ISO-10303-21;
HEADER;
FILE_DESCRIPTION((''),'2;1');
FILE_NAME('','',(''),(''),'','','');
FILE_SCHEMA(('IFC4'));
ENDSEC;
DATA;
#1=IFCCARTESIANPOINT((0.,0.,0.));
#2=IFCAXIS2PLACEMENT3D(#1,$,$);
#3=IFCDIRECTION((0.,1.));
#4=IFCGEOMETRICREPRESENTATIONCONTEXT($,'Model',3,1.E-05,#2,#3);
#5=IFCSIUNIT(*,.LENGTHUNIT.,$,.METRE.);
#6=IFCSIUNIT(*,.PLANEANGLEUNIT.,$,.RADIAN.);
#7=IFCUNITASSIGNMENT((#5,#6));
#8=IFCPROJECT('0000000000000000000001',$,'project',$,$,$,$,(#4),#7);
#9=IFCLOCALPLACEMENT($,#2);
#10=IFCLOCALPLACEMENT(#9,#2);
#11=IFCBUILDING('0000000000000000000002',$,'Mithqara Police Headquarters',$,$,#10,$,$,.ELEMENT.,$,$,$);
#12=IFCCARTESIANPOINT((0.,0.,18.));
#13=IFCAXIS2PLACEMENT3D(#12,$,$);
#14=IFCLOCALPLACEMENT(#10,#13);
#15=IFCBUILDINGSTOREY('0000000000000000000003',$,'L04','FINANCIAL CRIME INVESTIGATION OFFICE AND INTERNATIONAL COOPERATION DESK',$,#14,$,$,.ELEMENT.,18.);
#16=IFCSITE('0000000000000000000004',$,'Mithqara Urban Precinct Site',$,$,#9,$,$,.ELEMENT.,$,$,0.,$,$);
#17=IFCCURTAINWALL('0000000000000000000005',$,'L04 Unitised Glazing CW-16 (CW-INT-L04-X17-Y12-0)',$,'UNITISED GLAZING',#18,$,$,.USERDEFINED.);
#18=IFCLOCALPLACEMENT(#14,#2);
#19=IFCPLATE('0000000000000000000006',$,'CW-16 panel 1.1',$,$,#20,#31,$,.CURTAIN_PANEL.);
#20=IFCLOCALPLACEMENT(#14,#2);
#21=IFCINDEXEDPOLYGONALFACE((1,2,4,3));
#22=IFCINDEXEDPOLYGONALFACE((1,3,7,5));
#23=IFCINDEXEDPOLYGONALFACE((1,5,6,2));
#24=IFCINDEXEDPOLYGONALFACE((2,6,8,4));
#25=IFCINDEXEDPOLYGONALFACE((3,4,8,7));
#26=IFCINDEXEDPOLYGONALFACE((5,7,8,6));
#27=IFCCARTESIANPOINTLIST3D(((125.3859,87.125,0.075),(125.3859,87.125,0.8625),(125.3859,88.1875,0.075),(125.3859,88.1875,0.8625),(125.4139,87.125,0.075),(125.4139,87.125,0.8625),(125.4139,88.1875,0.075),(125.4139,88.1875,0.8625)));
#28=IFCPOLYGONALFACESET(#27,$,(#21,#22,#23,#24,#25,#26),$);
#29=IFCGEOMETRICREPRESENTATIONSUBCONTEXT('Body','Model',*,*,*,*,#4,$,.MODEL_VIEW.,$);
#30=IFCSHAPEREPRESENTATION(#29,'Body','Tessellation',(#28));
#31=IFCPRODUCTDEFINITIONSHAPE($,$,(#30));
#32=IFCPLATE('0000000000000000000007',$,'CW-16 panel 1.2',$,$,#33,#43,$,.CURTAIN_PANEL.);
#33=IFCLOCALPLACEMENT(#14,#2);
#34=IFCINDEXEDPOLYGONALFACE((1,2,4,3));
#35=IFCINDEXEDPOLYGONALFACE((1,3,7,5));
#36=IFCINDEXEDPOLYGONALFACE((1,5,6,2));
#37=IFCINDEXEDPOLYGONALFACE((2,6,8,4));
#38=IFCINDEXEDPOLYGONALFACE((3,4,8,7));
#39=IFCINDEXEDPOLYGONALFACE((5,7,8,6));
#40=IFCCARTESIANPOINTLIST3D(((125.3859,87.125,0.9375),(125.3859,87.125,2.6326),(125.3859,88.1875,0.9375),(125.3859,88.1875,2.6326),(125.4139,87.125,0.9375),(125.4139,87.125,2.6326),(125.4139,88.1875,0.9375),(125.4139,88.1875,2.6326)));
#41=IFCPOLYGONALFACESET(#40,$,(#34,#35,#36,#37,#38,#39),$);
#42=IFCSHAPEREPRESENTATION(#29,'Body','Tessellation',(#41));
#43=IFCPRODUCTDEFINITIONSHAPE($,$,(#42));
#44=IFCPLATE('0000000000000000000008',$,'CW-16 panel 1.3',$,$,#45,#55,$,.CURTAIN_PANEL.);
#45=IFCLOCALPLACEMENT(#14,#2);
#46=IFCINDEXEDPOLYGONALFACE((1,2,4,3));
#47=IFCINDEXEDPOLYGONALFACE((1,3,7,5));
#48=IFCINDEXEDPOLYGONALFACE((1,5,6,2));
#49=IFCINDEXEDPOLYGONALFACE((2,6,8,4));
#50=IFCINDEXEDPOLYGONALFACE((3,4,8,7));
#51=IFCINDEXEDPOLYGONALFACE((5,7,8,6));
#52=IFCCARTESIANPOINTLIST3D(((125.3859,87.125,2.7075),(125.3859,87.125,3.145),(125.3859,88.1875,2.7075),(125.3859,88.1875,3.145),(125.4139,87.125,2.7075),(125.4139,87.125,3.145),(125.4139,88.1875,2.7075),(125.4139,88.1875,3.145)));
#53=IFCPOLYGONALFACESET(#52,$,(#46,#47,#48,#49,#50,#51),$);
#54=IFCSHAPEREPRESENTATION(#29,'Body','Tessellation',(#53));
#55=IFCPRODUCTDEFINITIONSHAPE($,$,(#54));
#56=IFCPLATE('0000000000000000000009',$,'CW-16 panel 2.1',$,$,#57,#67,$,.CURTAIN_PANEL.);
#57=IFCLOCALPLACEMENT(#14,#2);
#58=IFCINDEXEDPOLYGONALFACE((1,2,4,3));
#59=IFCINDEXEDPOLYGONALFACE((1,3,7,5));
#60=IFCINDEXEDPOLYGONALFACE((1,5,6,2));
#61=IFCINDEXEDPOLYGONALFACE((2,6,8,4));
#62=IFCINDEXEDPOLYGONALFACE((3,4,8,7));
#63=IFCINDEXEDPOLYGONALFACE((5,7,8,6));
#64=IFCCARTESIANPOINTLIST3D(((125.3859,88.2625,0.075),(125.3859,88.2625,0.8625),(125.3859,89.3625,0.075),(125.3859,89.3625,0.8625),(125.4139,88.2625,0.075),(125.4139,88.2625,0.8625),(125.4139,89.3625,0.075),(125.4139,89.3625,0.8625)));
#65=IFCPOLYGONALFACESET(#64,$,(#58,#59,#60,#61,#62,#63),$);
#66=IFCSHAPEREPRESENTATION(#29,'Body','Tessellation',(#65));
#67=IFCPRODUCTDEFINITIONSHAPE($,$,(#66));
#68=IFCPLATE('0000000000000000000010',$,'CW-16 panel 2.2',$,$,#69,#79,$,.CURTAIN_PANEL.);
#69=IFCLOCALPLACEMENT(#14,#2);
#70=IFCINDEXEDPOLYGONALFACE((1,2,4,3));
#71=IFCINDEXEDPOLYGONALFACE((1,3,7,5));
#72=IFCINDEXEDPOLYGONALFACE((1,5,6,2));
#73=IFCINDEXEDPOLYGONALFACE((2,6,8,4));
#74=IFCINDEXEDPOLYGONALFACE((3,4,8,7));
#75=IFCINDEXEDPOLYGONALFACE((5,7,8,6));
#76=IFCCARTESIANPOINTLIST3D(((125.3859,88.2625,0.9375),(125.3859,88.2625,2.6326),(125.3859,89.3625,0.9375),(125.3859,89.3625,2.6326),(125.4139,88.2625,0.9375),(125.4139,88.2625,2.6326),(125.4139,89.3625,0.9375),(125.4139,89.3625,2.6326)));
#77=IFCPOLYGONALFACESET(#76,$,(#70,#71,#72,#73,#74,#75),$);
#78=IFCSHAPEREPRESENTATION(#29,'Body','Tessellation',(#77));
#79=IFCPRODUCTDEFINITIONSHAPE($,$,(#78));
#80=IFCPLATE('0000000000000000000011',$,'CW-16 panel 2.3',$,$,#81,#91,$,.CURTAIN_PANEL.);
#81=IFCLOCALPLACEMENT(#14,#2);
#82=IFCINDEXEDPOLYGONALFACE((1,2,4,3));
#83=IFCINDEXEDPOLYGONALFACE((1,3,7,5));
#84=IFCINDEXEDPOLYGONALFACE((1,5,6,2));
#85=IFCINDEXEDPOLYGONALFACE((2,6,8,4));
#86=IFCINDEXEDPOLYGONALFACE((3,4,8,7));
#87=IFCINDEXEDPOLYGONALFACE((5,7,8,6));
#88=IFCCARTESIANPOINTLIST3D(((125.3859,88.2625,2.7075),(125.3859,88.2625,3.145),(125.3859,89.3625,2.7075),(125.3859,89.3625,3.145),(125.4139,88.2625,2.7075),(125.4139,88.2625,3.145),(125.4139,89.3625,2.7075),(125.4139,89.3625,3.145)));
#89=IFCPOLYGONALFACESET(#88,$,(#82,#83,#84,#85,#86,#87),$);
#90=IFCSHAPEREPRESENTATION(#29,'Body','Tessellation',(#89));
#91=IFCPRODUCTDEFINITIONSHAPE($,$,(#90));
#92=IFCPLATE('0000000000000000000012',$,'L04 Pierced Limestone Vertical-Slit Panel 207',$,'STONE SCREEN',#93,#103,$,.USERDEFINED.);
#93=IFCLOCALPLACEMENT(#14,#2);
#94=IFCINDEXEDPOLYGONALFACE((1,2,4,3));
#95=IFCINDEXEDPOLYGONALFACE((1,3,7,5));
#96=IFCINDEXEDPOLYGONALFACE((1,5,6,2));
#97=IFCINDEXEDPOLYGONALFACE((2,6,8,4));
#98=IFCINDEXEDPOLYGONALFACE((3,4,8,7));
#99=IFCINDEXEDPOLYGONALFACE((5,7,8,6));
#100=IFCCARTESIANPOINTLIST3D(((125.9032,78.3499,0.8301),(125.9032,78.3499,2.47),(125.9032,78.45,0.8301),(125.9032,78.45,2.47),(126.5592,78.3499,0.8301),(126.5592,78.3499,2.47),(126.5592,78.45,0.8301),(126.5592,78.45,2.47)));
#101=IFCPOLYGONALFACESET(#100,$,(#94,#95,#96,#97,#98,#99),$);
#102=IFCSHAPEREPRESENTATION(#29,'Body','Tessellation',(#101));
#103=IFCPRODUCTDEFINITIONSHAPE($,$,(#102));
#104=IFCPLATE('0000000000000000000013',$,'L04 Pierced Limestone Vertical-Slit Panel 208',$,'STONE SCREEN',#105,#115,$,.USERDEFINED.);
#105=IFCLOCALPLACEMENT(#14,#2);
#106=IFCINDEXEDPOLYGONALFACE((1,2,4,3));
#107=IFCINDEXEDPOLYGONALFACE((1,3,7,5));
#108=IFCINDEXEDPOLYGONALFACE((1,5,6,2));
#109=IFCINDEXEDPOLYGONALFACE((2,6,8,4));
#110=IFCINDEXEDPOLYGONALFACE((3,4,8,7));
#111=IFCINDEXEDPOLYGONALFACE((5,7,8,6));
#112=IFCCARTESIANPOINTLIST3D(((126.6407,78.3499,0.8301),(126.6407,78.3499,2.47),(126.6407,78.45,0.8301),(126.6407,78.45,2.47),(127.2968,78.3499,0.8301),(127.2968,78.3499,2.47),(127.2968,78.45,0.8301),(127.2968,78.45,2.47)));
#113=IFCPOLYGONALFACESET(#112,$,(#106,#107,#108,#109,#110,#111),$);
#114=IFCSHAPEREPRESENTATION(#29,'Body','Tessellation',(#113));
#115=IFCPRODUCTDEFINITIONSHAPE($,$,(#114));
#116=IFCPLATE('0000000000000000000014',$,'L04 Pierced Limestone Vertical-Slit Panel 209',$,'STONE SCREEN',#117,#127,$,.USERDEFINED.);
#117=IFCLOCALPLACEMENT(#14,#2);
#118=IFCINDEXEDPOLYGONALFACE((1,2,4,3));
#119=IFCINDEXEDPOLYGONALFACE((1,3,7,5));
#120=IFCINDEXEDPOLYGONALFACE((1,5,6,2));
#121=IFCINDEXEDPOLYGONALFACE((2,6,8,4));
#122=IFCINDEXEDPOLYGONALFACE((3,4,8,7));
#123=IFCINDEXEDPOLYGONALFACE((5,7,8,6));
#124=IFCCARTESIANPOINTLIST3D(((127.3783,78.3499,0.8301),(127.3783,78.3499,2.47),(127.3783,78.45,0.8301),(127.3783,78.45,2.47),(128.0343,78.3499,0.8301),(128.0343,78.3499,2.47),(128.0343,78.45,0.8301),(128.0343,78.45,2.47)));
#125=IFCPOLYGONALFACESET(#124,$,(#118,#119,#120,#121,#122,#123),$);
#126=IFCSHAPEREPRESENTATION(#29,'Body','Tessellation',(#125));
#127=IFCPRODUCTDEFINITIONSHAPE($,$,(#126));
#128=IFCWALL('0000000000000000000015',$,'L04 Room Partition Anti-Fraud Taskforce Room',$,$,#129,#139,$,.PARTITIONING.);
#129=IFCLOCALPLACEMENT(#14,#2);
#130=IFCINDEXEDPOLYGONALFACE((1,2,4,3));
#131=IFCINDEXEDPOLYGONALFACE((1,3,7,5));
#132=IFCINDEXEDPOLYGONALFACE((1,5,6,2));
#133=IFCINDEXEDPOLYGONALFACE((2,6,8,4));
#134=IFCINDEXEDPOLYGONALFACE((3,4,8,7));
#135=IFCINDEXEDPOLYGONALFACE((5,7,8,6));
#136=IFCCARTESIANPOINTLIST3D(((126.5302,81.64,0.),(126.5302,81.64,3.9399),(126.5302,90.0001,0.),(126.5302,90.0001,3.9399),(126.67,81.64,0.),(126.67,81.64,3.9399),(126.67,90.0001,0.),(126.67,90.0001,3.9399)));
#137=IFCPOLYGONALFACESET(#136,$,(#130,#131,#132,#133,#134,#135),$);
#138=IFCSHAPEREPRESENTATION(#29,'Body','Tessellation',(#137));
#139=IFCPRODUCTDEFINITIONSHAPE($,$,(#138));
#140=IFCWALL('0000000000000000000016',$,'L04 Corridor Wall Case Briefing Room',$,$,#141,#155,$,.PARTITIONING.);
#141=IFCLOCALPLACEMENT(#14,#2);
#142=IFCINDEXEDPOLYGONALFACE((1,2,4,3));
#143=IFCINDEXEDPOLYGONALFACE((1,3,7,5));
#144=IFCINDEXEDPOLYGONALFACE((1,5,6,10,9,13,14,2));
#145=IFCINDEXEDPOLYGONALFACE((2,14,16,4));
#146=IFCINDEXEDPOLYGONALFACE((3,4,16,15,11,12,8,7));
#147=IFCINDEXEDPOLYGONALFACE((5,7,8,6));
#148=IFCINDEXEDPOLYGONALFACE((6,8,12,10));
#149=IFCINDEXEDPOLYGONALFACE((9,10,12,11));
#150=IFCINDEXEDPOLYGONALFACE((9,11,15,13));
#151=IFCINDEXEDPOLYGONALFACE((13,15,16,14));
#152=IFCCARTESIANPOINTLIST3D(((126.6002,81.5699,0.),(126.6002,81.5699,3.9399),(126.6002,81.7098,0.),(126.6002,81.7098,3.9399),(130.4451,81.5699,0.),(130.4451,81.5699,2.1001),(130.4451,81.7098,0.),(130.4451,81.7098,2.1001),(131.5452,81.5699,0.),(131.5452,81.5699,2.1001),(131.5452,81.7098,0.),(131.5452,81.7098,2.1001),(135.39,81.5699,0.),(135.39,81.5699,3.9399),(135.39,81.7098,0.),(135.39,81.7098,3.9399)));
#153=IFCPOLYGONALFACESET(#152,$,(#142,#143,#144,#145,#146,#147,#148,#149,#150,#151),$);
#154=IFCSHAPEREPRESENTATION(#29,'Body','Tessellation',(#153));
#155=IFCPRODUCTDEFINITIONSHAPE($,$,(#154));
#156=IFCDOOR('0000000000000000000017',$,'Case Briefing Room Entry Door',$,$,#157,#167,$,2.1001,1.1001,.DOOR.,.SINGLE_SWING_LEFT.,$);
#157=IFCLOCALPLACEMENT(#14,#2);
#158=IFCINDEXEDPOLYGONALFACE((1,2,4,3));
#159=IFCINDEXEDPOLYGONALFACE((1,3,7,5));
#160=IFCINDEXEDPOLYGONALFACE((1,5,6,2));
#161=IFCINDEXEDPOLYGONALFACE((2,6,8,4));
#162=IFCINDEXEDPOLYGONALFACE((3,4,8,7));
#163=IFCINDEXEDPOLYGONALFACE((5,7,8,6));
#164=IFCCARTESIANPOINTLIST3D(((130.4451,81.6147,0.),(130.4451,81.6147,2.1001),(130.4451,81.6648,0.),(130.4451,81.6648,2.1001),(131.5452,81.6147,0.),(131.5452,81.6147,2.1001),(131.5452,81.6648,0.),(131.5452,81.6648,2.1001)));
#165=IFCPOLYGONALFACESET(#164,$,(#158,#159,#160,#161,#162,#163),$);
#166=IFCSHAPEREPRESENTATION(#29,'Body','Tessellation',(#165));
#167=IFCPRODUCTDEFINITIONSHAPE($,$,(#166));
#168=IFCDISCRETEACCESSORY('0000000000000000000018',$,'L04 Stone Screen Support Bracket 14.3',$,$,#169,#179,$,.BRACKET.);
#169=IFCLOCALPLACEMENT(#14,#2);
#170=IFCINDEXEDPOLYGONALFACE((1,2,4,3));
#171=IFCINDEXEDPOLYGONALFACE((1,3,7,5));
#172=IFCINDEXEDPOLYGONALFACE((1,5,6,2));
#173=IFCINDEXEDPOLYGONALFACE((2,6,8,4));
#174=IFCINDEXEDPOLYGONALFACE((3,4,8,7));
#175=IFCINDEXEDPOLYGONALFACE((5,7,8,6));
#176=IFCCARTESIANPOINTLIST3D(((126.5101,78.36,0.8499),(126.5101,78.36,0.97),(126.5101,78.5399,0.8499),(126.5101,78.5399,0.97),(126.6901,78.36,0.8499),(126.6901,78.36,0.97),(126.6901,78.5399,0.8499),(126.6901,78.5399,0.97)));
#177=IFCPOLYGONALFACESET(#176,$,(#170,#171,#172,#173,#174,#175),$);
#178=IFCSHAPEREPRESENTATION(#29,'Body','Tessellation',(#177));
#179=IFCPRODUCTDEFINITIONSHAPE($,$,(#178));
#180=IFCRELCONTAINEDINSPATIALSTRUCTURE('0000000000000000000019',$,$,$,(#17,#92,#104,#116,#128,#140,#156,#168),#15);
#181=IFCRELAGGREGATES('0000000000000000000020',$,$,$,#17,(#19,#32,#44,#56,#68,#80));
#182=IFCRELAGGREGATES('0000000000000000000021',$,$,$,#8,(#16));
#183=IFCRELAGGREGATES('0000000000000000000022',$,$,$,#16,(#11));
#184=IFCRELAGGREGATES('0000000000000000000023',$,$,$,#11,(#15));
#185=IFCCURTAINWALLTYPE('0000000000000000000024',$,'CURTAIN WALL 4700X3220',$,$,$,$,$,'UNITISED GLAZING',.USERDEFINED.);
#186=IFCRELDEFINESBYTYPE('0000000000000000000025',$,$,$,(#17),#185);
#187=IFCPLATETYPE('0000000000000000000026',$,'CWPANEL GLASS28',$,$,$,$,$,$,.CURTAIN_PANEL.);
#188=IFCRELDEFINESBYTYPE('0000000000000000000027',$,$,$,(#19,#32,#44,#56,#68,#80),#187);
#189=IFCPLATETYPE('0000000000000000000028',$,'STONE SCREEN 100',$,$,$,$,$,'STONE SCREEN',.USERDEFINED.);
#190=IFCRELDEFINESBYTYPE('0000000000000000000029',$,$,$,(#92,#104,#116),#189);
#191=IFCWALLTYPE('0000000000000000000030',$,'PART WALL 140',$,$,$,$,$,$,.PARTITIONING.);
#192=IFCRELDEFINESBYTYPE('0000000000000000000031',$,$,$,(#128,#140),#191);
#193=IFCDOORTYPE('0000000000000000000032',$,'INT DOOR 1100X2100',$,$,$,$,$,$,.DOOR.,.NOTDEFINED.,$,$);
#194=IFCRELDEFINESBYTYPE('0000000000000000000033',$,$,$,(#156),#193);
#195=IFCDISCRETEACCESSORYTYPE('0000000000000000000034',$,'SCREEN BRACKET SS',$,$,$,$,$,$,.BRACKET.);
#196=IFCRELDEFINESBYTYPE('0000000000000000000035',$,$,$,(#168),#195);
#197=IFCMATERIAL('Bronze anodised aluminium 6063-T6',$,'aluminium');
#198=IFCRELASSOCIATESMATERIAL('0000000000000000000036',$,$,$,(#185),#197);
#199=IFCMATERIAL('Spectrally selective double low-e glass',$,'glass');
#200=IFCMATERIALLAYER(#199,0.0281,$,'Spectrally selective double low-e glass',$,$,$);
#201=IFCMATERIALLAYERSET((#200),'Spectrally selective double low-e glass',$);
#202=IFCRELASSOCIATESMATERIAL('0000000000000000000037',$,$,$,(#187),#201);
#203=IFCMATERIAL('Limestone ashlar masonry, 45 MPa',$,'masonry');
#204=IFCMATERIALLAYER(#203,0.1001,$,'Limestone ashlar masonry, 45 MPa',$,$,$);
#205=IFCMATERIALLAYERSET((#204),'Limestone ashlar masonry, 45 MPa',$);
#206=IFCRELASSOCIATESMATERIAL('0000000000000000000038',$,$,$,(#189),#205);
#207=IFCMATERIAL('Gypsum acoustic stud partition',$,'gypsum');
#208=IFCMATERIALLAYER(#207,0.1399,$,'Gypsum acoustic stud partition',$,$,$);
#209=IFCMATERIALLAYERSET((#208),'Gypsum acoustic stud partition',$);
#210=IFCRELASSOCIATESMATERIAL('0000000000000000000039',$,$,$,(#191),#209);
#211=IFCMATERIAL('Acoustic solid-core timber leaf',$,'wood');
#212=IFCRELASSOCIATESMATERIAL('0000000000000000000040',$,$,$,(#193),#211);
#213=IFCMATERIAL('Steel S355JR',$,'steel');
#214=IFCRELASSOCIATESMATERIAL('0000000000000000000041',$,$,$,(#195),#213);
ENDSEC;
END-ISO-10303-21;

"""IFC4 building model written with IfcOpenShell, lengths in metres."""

from ifc_helpers import new_model, si_unit, direction, frame, frame_2d, origin, origin_2d, place, context, subcontext, project, spatial, rectangle, extrude, material, layer, layer_set, type_object, element, fill, aggregate, save


model = new_model("IFC4")

# Units and contexts
model_context = context("Model", 3, precision=1e-05, world=origin(), true_north=direction((0.0, 1.0)))
body_context = subcontext(model_context, "Body", "Model", "MODEL_VIEW")
ifc_project = project(units=[si_unit("LENGTHUNIT", "METRE"), si_unit("PLANEANGLEUNIT", "RADIAN")], contexts=[model_context])

# Site, building, storey
site_placement = place(None, origin())
site = spatial("IfcSite", under=ifc_project, at=site_placement, Name="Mithqara Urban Precinct Site", CompositionType="ELEMENT", RefElevation=0.0)
building_placement = place(site_placement, origin())
building = spatial("IfcBuilding", under=site, at=building_placement, Name="Mithqara Police Headquarters", CompositionType="ELEMENT")
storey_placement = place(building_placement, frame((0.0, 0.0, 18.0)))
storey = spatial("IfcBuildingStorey", under=building, at=storey_placement, Name="L04", Description="FINANCIAL CRIME INVESTIGATION OFFICE AND INTERNATIONAL COOPERATION DESK", CompositionType="ELEMENT", Elevation=18.0)

# Curtain wall, plates
ifc_material_1 = material(Name="Bronze anodised aluminium 6063-T6", Category="aluminium")
curtain_wall_type = type_object("IfcCurtainWallType", Name="CURTAIN WALL 4700X3220", ElementType="UNITISED GLAZING", PredefinedType="USERDEFINED", material=ifc_material_1)
curtain_wall_placement = place(storey_placement, origin())
curtain_wall = element("IfcCurtainWall", 1, at=curtain_wall_placement, inside=storey, type_object=curtain_wall_type, Name="L04 Unitised Glazing CW-16 (CW-INT-L04-X17-Y12-0)", ObjectType="UNITISED GLAZING", PredefinedType="USERDEFINED")
ifc_material_2 = material(Name="Spectrally selective double low-e glass", Category="glass")
ifc_layer_1 = layer(ifc_material_2, 0.0281, Name="Spectrally selective double low-e glass")
ifc_layer_set_1 = layer_set([ifc_layer_1], Name="Spectrally selective double low-e glass")
plate_type_1 = type_object("IfcPlateType", Name="CWPANEL GLASS28", PredefinedType="CURTAIN_PANEL", material=ifc_layer_set_1)
plate_1_placement = place(storey_placement, frame((125.3999, 87.6562, 0.075), z_axis=(0.0, 0.0, 1.0), x_axis=(0.0, 1.0, 0.0)))
plate_1 = element("IfcPlate", 2, at=plate_1_placement, type_object=plate_type_1, Name="CW-16 panel 1.1", PredefinedType="CURTAIN_PANEL", context=body_context, shape_type="SweptSolid", body=[
    extrude(rectangle(XDim=1.0625, YDim=0.0281, at=origin_2d()), origin(), (0.0, 0.0, 1.0), 0.7876),
])
plate_2_placement = place(storey_placement, frame((125.3999, 87.6562, 0.9375), z_axis=(0.0, 0.0, 1.0), x_axis=(0.0, 1.0, 0.0)))
plate_2 = element("IfcPlate", 3, at=plate_2_placement, type_object=plate_type_1, Name="CW-16 panel 1.2", PredefinedType="CURTAIN_PANEL", context=body_context, shape_type="SweptSolid", body=[
    extrude(rectangle(XDim=1.0625, YDim=0.0281, at=origin_2d()), origin(), (0.0, 0.0, 1.0), 1.6951),
])
plate_3_placement = place(storey_placement, frame((125.3999, 87.6562, 2.7075), z_axis=(0.0, 0.0, 1.0), x_axis=(0.0, 1.0, 0.0)))
plate_3 = element("IfcPlate", 4, at=plate_3_placement, type_object=plate_type_1, Name="CW-16 panel 1.3", PredefinedType="CURTAIN_PANEL", context=body_context, shape_type="SweptSolid", body=[
    extrude(rectangle(XDim=1.0625, YDim=0.0281, at=origin_2d()), origin(), (0.0, 0.0, 1.0), 0.4375),
])
plate_4_placement = place(storey_placement, frame((125.3999, 88.8125, 0.075), z_axis=(0.0, 0.0, 1.0), x_axis=(0.0, 1.0, 0.0)))
plate_4 = element("IfcPlate", 5, at=plate_4_placement, type_object=plate_type_1, Name="CW-16 panel 2.1", PredefinedType="CURTAIN_PANEL", context=body_context, shape_type="SweptSolid", body=[
    extrude(rectangle(XDim=1.1001, YDim=0.0281, at=origin_2d()), origin(), (0.0, 0.0, 1.0), 0.7876),
])
plate_5_placement = place(storey_placement, frame((125.3999, 88.8125, 0.9375), z_axis=(0.0, 0.0, 1.0), x_axis=(0.0, 1.0, 0.0)))
plate_5 = element("IfcPlate", 6, at=plate_5_placement, type_object=plate_type_1, Name="CW-16 panel 2.2", PredefinedType="CURTAIN_PANEL", context=body_context, shape_type="SweptSolid", body=[
    extrude(rectangle(XDim=1.1001, YDim=0.0281, at=origin_2d()), origin(), (0.0, 0.0, 1.0), 1.6951),
])
plate_6_placement = place(storey_placement, frame((125.3999, 88.8125, 2.7075), z_axis=(0.0, 0.0, 1.0), x_axis=(0.0, 1.0, 0.0)))
plate_6 = element("IfcPlate", 7, at=plate_6_placement, type_object=plate_type_1, Name="CW-16 panel 2.3", PredefinedType="CURTAIN_PANEL", context=body_context, shape_type="SweptSolid", body=[
    extrude(rectangle(XDim=1.1001, YDim=0.0281, at=origin_2d()), origin(), (0.0, 0.0, 1.0), 0.4375),
])
aggregate(curtain_wall, [plate_1, plate_2, plate_3, plate_4, plate_5, plate_6])

# Plates
ifc_material_3 = material(Name="Limestone ashlar masonry, 45 MPa", Category="masonry")
ifc_layer_2 = layer(ifc_material_3, 0.1001, Name="Limestone ashlar masonry, 45 MPa")
ifc_layer_set_2 = layer_set([ifc_layer_2], Name="Limestone ashlar masonry, 45 MPa")
plate_type_2 = type_object("IfcPlateType", Name="STONE SCREEN 100", ElementType="STONE SCREEN", PredefinedType="USERDEFINED", material=ifc_layer_set_2)
for number, where, z_axis, x_axis, name in (
    (8, (126.2312, 78.3999, 0.8301), (0.0, 0.0, 1.0), (1.0, 0.0, 0.0), "L04 Pierced Limestone Vertical-Slit Panel 207"),
    (9, (126.9688, 78.3999, 0.8301), (0.0, 0.0, 1.0), (1.0, 0.0, 0.0), "L04 Pierced Limestone Vertical-Slit Panel 208"),
    (10, (127.7063, 78.3999, 0.8301), (0.0, 0.0, 1.0), (1.0, 0.0, 0.0), "L04 Pierced Limestone Vertical-Slit Panel 209"),
):
    element("IfcPlate", number, at=place(storey_placement, frame(where, z_axis=z_axis, x_axis=x_axis)), inside=storey, type_object=plate_type_2, Name=name, ObjectType="STONE SCREEN", PredefinedType="USERDEFINED", context=body_context, shape_type="SweptSolid", body=[
        extrude(rectangle(XDim=0.656, YDim=0.1001, at=origin_2d()), origin(), (0.0, 0.0, 1.0), 1.6399),
    ])

# Wall
ifc_material_4 = material(Name="Gypsum acoustic stud partition", Category="gypsum")
ifc_layer_3 = layer(ifc_material_4, 0.1399, Name="Gypsum acoustic stud partition")
ifc_layer_set_3 = layer_set([ifc_layer_3], Name="Gypsum acoustic stud partition")
wall_type = type_object("IfcWallType", Name="PART WALL 140", PredefinedType="PARTITIONING", material=ifc_layer_set_3)
wall_1_placement = place(storey_placement, frame((126.6001, 81.6399, 0.0), z_axis=(0.0, 0.0, 1.0), x_axis=(0.0, 1.0, 0.0)))
element("IfcWall", 11, at=wall_1_placement, inside=storey, type_object=wall_type, Name="L04 Room Partition Anti-Fraud Taskforce Room", PredefinedType="PARTITIONING", context=body_context, shape_type="SweptSolid", body=[
    extrude(rectangle(XDim=8.3601, YDim=0.1399, at=frame_2d((4.1802, 0.0))), origin(), (0.0, 0.0, 1.0), 3.9399),
])

# Wall, opening, door
wall_2_placement = place(storey_placement, frame((126.6001, 81.6399, 0.0), z_axis=(0.0, 0.0, 1.0), x_axis=(1.0, 0.0, 0.0)))
wall_2 = element("IfcWall", 12, at=wall_2_placement, inside=storey, type_object=wall_type, Name="L04 Corridor Wall Case Briefing Room", PredefinedType="PARTITIONING", context=body_context, shape_type="SweptSolid", body=[
    extrude(rectangle(XDim=8.7898, YDim=0.1399, at=frame_2d((4.395, 0.0))), origin(), (0.0, 0.0, 1.0), 3.9399),
])
opening_placement = place(wall_2_placement, frame((3.845, 0.0, 0.0)))
opening = element("IfcOpeningElement", 13, at=opening_placement, cuts=wall_2, PredefinedType="OPENING", context=body_context, shape_type="SweptSolid", body=[
    extrude(rectangle(XDim=1.1001, YDim=2.1001, at=frame_2d((0.55, 1.05))), frame((0.0, 0.0801, 0.0), z_axis=(0.0, -1.0, 0.0), x_axis=(1.0, 0.0, 0.0)), (0.0, 0.0, 1.0), 0.1599),
])
ifc_material_5 = material(Name="Acoustic solid-core timber leaf", Category="wood")
door_type = type_object("IfcDoorType", Name="INT DOOR 1100X2100", OperationType="NOTDEFINED", PredefinedType="DOOR", material=ifc_material_5)
door_placement = place(opening_placement, origin())
door = element("IfcDoor", 14, at=door_placement, inside=storey, type_object=door_type, Name="Case Briefing Room Entry Door", OperationType="SINGLE_SWING_LEFT", OverallHeight=2.1001, OverallWidth=1.1001, PredefinedType="DOOR", context=body_context, shape_type="SweptSolid", body=[
    extrude(rectangle(XDim=1.1001, YDim=2.1001, at=frame_2d((0.55, 1.05))), frame((0.0, 0.0249, 0.0), z_axis=(0.0, -1.0, 0.0), x_axis=(1.0, 0.0, 0.0)), (0.0, 0.0, 1.0), 0.05),
])
fill(opening, door)

# Discrete accessory
ifc_material_6 = material(Name="Steel S355JR", Category="steel")
discrete_accessory_type = type_object("IfcDiscreteAccessoryType", Name="SCREEN BRACKET SS", PredefinedType="BRACKET", material=ifc_material_6)
discrete_accessory_placement = place(storey_placement, frame((126.6001, 78.45, 0.8499), z_axis=(0.0, 0.0, 1.0), x_axis=(1.0, 0.0, 0.0)))
element("IfcDiscreteAccessory", 15, at=discrete_accessory_placement, inside=storey, type_object=discrete_accessory_type, Name="L04 Stone Screen Support Bracket 14.3", PredefinedType="BRACKET", context=body_context, shape_type="SweptSolid", body=[
    extrude(rectangle(XDim=0.1799, YDim=0.1799, at=origin_2d()), origin(), (0.0, 0.0, 1.0), 0.1201),
])

save(model, "model.ifc")
